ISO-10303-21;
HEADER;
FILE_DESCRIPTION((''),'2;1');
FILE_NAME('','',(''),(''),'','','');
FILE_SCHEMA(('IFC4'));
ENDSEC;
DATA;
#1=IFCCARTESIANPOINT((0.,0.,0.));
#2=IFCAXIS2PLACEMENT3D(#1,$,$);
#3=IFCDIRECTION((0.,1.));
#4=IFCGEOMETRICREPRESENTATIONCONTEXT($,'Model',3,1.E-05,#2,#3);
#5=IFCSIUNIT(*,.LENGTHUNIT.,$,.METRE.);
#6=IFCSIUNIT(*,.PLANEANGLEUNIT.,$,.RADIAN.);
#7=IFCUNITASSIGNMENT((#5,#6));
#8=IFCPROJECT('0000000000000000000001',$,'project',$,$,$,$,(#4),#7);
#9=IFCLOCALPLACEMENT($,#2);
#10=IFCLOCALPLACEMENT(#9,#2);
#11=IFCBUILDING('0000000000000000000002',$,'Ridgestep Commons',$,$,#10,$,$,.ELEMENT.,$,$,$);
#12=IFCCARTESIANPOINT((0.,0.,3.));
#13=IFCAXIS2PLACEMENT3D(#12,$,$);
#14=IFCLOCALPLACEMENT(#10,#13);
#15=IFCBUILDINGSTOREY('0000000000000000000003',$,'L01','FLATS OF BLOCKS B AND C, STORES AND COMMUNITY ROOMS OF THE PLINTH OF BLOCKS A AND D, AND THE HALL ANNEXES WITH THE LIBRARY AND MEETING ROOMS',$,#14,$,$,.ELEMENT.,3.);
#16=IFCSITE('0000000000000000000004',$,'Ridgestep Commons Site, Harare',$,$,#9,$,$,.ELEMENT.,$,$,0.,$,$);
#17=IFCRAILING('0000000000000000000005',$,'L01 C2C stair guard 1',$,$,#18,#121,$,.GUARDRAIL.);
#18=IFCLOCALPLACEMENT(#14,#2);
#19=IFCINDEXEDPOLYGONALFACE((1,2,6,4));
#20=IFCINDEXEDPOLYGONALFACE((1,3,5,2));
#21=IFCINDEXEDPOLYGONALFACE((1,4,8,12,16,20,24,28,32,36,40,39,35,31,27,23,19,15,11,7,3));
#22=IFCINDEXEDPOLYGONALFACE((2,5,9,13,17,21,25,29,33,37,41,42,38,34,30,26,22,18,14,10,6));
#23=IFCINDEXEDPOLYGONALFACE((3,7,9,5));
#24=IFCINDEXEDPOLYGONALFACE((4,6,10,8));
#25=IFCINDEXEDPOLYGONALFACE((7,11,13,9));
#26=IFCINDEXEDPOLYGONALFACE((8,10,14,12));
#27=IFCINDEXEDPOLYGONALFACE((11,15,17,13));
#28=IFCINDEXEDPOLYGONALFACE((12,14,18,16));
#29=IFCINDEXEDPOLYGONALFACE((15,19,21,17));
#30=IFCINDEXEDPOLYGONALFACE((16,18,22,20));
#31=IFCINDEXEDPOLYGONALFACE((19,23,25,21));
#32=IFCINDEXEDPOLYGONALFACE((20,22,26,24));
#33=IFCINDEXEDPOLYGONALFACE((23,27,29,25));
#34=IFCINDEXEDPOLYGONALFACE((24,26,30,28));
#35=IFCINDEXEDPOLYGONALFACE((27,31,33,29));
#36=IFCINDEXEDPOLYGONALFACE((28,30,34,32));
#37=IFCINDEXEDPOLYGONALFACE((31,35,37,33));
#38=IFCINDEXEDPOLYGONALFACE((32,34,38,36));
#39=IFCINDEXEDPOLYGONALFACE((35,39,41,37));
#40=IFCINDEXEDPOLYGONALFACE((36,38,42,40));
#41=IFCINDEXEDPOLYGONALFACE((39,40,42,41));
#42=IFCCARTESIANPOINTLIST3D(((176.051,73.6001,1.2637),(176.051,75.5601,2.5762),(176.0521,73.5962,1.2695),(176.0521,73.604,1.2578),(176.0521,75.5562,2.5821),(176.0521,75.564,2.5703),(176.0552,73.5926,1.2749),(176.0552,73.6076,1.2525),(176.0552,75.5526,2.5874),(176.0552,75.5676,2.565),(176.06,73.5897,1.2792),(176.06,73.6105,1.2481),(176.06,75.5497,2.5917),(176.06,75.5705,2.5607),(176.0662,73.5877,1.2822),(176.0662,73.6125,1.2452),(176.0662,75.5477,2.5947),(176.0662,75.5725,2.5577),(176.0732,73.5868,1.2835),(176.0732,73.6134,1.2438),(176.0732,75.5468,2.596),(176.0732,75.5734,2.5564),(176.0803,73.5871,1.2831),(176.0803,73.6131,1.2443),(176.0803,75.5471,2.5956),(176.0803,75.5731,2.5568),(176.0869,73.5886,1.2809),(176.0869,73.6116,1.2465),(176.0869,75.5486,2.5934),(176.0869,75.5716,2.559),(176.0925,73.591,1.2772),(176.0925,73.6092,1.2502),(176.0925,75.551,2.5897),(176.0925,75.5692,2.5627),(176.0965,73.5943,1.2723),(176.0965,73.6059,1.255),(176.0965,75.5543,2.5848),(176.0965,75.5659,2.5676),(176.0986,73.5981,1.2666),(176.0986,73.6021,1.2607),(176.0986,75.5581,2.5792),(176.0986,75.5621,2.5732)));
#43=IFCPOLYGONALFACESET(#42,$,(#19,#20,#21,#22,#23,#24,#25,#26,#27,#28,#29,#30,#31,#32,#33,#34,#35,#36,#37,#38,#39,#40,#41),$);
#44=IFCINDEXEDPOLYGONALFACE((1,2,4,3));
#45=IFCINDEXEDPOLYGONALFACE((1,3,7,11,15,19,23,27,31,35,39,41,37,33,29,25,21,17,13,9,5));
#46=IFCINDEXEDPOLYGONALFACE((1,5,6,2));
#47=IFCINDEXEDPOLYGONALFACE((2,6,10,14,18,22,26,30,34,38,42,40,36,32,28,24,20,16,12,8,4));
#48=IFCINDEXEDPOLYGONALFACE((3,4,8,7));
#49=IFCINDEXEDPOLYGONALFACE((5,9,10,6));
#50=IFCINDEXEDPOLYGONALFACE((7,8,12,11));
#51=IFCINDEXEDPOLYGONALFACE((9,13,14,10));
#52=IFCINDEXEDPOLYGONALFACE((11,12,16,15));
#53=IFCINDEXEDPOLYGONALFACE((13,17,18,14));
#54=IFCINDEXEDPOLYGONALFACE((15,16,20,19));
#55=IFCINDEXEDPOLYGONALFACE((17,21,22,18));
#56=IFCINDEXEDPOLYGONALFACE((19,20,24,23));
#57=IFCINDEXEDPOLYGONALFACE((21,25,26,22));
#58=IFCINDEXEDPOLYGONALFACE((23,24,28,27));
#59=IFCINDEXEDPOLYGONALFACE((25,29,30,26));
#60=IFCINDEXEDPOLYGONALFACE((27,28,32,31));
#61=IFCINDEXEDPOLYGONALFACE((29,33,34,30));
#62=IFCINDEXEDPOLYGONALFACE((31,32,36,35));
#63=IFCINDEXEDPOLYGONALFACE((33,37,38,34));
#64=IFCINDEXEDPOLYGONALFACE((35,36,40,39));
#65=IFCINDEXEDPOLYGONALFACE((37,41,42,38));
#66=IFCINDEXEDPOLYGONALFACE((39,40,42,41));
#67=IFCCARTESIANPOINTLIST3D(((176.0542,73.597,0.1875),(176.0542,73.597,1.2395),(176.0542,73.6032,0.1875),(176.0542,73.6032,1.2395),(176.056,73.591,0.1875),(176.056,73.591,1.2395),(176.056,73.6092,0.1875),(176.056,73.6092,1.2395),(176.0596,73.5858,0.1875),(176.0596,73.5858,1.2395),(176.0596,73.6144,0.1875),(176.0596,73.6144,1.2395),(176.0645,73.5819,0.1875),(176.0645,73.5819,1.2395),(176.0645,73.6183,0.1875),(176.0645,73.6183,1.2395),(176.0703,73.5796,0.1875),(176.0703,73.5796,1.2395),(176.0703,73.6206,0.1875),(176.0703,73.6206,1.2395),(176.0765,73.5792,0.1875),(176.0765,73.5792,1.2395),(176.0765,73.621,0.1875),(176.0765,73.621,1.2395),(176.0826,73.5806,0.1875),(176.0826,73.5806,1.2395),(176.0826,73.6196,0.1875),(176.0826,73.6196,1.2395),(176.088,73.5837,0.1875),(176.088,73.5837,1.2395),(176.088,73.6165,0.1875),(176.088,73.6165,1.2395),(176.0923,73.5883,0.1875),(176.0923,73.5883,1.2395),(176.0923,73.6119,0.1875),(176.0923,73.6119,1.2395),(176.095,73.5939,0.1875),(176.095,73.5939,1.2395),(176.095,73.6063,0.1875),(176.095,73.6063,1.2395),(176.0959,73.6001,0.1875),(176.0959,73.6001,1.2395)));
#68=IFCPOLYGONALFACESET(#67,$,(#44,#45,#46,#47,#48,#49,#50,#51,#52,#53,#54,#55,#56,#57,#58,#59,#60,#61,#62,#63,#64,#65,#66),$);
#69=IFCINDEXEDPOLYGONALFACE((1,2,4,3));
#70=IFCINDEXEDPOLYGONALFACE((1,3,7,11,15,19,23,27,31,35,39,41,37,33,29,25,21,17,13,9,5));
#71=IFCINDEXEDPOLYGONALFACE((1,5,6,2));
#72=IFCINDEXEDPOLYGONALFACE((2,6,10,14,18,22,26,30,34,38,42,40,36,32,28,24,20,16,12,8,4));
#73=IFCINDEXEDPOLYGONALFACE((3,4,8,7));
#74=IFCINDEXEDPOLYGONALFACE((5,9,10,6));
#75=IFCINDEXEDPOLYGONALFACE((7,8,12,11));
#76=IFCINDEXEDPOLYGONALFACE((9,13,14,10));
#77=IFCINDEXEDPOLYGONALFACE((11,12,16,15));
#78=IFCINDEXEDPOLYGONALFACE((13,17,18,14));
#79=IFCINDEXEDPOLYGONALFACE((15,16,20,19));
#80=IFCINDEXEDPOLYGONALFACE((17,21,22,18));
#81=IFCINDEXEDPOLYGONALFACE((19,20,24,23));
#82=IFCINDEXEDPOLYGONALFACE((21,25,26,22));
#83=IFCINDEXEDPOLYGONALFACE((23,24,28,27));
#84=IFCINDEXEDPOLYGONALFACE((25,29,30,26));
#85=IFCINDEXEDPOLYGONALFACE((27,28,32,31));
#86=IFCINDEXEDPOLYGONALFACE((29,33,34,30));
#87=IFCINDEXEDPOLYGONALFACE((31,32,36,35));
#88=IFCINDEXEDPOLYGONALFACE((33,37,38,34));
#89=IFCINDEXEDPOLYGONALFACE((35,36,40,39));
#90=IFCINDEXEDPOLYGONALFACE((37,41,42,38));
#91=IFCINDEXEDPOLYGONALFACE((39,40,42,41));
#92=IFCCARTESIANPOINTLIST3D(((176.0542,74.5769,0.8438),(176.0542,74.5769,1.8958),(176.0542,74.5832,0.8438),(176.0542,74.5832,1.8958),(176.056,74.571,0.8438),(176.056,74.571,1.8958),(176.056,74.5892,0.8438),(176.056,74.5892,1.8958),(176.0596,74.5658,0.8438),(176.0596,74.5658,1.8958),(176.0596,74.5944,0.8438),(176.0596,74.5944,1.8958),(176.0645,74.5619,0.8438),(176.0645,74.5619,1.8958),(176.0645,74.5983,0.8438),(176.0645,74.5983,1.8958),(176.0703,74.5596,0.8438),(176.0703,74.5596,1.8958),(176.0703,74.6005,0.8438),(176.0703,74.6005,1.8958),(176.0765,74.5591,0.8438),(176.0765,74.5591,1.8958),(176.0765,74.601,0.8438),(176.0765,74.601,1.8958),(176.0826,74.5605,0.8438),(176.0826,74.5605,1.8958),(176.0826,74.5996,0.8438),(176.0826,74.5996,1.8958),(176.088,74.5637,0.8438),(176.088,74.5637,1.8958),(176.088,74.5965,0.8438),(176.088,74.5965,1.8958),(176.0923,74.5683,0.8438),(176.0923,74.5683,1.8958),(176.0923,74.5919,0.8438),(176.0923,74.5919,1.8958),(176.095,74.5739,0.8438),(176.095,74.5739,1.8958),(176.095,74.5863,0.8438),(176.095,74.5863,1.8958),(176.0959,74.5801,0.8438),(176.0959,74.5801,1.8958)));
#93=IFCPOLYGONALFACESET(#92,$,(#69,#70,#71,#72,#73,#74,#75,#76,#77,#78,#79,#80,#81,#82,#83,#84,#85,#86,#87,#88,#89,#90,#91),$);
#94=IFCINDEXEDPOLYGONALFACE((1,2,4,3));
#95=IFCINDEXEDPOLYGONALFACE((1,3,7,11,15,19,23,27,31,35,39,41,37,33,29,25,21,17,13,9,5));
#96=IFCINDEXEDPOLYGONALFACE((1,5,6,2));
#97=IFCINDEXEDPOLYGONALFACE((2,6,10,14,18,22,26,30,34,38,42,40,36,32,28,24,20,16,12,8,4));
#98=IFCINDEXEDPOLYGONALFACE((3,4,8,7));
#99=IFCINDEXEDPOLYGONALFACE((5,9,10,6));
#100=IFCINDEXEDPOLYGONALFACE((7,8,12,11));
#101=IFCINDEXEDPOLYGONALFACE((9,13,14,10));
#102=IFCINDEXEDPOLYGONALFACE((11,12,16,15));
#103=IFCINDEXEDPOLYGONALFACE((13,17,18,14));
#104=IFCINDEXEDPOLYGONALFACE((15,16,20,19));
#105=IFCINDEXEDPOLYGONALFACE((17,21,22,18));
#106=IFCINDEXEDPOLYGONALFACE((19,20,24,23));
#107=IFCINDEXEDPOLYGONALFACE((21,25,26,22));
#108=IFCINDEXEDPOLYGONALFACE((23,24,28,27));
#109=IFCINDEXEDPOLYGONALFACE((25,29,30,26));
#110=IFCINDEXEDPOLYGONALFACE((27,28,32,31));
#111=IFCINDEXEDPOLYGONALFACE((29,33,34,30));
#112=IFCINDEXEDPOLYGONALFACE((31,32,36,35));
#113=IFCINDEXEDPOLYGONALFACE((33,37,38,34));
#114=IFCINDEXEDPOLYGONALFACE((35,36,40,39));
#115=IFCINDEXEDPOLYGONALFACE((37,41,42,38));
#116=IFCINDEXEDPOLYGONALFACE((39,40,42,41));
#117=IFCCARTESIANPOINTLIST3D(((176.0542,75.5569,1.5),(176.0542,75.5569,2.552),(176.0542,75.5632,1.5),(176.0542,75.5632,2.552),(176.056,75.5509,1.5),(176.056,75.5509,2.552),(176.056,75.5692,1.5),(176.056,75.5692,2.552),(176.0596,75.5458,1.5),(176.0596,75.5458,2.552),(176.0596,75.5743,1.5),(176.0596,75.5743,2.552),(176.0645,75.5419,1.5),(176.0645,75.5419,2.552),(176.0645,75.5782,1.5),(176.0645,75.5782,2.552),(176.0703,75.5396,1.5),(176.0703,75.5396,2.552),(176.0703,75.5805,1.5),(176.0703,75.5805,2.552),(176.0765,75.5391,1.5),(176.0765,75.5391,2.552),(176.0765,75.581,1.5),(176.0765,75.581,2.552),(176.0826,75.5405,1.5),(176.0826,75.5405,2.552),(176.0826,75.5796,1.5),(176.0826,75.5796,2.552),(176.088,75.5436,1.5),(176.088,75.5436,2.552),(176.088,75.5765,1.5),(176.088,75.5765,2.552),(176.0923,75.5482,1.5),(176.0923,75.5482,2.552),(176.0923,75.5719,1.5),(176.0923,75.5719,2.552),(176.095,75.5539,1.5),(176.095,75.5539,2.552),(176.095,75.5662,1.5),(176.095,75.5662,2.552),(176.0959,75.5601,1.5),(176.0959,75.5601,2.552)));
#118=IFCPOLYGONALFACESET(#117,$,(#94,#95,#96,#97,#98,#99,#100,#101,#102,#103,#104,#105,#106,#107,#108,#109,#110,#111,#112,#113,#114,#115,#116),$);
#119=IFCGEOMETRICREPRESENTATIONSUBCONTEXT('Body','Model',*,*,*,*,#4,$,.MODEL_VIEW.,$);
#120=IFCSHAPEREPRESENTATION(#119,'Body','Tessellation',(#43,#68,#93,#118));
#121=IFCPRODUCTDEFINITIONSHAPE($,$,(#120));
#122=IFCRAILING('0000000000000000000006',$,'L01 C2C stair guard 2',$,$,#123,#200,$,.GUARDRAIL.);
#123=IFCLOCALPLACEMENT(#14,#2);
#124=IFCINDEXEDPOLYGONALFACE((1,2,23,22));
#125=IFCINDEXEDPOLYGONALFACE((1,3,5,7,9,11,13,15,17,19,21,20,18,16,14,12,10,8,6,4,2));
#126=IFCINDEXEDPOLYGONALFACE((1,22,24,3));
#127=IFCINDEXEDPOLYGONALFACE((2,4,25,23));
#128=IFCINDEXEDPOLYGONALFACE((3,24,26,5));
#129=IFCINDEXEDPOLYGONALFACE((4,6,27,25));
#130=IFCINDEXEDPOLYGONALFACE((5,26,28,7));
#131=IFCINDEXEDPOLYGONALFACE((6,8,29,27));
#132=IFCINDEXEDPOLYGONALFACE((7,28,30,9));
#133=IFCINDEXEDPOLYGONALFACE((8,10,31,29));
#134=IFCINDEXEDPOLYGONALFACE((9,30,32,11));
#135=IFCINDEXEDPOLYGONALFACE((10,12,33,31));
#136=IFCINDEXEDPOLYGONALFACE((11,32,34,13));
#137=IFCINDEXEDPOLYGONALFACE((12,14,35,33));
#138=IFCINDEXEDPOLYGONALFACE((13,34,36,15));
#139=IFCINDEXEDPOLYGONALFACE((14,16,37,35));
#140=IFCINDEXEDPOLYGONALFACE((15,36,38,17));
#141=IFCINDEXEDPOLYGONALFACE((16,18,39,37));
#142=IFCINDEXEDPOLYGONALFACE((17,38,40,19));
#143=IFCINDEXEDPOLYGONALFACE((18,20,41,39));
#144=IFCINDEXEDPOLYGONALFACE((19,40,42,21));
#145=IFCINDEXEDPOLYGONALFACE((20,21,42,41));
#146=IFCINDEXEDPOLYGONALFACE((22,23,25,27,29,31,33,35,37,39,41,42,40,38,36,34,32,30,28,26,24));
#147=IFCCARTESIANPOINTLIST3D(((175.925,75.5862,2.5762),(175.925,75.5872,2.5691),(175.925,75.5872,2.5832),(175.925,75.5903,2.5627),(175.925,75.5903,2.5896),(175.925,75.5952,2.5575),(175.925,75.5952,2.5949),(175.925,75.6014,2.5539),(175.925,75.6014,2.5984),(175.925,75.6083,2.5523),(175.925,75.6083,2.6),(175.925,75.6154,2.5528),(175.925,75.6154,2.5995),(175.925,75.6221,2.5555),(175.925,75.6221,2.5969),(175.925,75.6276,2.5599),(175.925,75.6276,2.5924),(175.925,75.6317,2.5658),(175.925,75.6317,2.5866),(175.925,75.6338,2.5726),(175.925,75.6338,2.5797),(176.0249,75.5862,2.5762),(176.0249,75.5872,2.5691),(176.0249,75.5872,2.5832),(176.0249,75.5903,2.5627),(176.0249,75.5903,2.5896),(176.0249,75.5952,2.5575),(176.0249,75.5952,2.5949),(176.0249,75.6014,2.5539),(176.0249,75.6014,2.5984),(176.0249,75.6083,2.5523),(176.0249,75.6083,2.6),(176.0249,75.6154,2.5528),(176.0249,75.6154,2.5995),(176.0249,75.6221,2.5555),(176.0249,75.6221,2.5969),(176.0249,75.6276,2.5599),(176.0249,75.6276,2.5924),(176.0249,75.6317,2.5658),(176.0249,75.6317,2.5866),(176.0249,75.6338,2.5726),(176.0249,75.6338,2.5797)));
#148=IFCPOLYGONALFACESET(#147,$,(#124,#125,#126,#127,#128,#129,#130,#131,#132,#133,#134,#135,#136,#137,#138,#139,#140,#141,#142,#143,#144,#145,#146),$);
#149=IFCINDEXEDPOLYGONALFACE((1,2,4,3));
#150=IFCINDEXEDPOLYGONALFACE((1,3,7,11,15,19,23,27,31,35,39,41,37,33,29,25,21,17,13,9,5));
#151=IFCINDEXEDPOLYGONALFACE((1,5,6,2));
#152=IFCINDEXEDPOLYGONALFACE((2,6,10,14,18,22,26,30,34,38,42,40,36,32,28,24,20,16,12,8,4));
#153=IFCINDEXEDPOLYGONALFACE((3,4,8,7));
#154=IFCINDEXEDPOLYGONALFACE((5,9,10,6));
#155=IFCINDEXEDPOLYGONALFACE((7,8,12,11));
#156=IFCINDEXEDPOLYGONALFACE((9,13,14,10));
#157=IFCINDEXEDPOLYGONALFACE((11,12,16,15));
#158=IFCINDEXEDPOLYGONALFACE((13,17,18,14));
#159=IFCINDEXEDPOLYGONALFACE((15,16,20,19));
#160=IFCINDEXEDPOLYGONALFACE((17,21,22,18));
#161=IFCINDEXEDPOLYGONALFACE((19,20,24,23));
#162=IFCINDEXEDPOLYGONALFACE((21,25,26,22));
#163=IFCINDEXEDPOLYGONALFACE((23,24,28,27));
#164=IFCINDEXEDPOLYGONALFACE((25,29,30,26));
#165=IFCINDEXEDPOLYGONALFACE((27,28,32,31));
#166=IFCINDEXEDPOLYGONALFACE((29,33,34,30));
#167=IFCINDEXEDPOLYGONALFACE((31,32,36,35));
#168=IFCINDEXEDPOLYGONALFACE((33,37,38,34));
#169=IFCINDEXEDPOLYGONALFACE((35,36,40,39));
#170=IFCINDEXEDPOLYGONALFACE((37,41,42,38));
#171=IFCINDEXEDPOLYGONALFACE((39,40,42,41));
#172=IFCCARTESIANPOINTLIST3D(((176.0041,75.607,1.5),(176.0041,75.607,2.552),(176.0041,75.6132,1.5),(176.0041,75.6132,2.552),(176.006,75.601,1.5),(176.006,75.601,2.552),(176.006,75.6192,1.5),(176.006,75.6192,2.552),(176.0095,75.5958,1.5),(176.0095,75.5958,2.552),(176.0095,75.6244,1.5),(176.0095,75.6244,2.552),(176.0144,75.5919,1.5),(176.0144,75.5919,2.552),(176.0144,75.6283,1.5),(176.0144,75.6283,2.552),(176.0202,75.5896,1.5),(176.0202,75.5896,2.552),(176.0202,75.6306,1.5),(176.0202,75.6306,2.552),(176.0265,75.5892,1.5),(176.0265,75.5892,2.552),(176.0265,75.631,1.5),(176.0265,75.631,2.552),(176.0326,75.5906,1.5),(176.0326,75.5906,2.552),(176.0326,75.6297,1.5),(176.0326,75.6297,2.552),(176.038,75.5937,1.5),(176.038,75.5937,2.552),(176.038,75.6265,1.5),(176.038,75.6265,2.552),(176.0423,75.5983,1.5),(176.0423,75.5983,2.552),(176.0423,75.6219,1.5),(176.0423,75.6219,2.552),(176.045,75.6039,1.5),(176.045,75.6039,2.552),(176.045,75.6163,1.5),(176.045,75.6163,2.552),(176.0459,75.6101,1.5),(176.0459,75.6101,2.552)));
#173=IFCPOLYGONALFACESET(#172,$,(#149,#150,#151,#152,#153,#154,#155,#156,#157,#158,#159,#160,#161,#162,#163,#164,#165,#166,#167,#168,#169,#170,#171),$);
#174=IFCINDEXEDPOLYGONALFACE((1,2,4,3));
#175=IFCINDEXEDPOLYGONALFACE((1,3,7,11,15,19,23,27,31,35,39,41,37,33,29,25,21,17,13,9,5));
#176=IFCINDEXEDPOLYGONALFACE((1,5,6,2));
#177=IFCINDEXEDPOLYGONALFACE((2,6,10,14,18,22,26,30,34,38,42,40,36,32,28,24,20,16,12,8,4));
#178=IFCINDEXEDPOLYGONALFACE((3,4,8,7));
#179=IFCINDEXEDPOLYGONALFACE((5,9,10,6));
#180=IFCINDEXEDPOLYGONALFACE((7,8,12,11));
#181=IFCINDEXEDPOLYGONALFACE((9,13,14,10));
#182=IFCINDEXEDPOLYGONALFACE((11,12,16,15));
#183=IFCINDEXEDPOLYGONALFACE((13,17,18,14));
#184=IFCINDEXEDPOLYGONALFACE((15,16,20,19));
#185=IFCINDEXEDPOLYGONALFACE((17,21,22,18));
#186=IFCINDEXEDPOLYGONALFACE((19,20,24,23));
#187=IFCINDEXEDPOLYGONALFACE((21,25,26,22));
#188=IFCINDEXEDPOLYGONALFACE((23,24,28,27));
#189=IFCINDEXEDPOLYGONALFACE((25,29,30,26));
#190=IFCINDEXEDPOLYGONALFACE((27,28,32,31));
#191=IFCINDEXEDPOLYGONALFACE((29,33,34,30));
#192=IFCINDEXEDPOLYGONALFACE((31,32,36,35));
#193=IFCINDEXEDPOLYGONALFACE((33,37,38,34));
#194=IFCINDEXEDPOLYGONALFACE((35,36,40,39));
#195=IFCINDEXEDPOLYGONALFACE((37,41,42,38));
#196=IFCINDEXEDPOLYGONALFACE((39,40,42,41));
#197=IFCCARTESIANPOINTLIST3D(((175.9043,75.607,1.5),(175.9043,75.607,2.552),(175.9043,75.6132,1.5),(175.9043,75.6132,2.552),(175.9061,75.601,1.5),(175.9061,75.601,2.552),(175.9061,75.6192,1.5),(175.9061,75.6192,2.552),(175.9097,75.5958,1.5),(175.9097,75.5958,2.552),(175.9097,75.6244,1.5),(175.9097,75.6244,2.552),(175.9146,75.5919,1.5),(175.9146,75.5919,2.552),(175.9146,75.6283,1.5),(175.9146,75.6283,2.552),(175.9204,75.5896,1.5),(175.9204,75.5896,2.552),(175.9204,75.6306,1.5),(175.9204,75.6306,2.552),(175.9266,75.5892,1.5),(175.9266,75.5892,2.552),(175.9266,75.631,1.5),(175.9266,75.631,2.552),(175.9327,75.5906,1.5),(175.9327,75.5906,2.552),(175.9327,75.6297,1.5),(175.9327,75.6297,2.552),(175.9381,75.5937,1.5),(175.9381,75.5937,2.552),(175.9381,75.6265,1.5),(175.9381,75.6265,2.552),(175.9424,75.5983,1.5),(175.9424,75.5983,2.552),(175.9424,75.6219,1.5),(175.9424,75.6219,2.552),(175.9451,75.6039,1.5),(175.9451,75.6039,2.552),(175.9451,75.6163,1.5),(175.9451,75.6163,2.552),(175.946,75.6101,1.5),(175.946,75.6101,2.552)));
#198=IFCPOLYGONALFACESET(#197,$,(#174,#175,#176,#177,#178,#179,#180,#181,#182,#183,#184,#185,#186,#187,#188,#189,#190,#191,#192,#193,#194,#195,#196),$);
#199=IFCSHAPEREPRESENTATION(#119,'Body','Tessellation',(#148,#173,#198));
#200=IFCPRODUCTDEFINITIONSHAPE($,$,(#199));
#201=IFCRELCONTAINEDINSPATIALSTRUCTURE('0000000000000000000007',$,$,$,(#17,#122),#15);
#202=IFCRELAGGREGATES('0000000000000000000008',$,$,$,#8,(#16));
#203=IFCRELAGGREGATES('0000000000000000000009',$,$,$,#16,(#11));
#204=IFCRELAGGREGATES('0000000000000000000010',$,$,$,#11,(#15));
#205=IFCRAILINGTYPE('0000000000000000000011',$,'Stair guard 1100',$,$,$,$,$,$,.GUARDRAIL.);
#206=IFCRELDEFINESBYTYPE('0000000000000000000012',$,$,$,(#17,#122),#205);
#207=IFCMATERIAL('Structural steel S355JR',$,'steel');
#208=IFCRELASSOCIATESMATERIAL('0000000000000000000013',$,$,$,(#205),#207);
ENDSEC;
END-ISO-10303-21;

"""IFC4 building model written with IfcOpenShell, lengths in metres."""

from ifc_helpers import new_model, si_unit, direction, frame, origin, origin_2d, place, context, subcontext, project, spatial, circle, extrude, material, type_object, element, save


model = new_model("IFC4")

# Units and contexts
model_context = context("Model", 3, precision=1e-05, world=origin(), true_north=direction((0.0, 1.0)))
body_context = subcontext(model_context, "Body", "Model", "MODEL_VIEW")
ifc_project = project(units=[si_unit("LENGTHUNIT", "METRE"), si_unit("PLANEANGLEUNIT", "RADIAN")], contexts=[model_context])

# Site, building, storey
site_placement = place(None, origin())
site = spatial("IfcSite", under=ifc_project, at=site_placement, Name="Ridgestep Commons Site, Harare", CompositionType="ELEMENT", RefElevation=0.0)
building_placement = place(site_placement, origin())
building = spatial("IfcBuilding", under=site, at=building_placement, Name="Ridgestep Commons", CompositionType="ELEMENT")
storey_placement = place(building_placement, frame((0.0, 0.0, 3.0)))
storey = spatial("IfcBuildingStorey", under=building, at=storey_placement, Name="L01", Description="FLATS OF BLOCKS B AND C, STORES AND COMMUNITY ROOMS OF THE PLINTH OF BLOCKS A AND D, AND THE HALL ANNEXES WITH THE LIBRARY AND MEETING ROOMS", CompositionType="ELEMENT", Elevation=3.0)

# Railings
ifc_material_1 = material(Name="Structural steel S355JR", Category="steel")
railing_type_1 = type_object("IfcRailingType", Name="Stair guard 1100", PredefinedType="GUARDRAIL", material=ifc_material_1)
railing_1_placement = place(storey_placement, frame((176.075, 73.6001, 0.1875)))
element("IfcRailing", 1, at=railing_1_placement, inside=storey, type_object=railing_type_1, Name="L01 C2C stair guard 1", PredefinedType="GUARDRAIL", context=body_context, shape_type="SweptSolid", body=[
    extrude(circle(Radius=0.0239, at=origin_2d()), frame((0.0, 0.0, 1.0762), z_axis=(0.0, 0.830902, 0.556419), x_axis=(-1.0, 0.0, 0.0)), (0.0, 0.0, 1.0), 2.3589),
    extrude(circle(Radius=0.021, at=origin_2d()), origin(), (0.0, 0.0, 1.0), 1.052),
    extrude(circle(Radius=0.021, at=origin_2d()), frame((0.0, 0.98, 0.6562)), (0.0, 0.0, 1.0), 1.052),
    extrude(circle(Radius=0.021, at=origin_2d()), frame((0.0, 1.96, 1.3125)), (0.0, 0.0, 1.0), 1.052),
])
railing_2_placement = place(storey_placement, frame((176.0249, 75.6101, 1.5)))
element("IfcRailing", 2, at=railing_2_placement, inside=storey, type_object=railing_type_1, Name="L01 C2C stair guard 2", PredefinedType="GUARDRAIL", context=body_context, shape_type="SweptSolid", body=[
    extrude(circle(Radius=0.0239, at=origin_2d()), frame((0.0, 0.0, 1.0762), z_axis=(-1.0, 0.0, 0.0), x_axis=(0.0, -1.0, 0.0)), (0.0, 0.0, 1.0), 0.0999),
    extrude(circle(Radius=0.021, at=origin_2d()), origin(), (0.0, 0.0, 1.0), 1.052),
    extrude(circle(Radius=0.021, at=origin_2d()), frame((-0.0999, 0.0, 0.0)), (0.0, 0.0, 1.0), 1.052),
])

save(model, "model.ifc")
